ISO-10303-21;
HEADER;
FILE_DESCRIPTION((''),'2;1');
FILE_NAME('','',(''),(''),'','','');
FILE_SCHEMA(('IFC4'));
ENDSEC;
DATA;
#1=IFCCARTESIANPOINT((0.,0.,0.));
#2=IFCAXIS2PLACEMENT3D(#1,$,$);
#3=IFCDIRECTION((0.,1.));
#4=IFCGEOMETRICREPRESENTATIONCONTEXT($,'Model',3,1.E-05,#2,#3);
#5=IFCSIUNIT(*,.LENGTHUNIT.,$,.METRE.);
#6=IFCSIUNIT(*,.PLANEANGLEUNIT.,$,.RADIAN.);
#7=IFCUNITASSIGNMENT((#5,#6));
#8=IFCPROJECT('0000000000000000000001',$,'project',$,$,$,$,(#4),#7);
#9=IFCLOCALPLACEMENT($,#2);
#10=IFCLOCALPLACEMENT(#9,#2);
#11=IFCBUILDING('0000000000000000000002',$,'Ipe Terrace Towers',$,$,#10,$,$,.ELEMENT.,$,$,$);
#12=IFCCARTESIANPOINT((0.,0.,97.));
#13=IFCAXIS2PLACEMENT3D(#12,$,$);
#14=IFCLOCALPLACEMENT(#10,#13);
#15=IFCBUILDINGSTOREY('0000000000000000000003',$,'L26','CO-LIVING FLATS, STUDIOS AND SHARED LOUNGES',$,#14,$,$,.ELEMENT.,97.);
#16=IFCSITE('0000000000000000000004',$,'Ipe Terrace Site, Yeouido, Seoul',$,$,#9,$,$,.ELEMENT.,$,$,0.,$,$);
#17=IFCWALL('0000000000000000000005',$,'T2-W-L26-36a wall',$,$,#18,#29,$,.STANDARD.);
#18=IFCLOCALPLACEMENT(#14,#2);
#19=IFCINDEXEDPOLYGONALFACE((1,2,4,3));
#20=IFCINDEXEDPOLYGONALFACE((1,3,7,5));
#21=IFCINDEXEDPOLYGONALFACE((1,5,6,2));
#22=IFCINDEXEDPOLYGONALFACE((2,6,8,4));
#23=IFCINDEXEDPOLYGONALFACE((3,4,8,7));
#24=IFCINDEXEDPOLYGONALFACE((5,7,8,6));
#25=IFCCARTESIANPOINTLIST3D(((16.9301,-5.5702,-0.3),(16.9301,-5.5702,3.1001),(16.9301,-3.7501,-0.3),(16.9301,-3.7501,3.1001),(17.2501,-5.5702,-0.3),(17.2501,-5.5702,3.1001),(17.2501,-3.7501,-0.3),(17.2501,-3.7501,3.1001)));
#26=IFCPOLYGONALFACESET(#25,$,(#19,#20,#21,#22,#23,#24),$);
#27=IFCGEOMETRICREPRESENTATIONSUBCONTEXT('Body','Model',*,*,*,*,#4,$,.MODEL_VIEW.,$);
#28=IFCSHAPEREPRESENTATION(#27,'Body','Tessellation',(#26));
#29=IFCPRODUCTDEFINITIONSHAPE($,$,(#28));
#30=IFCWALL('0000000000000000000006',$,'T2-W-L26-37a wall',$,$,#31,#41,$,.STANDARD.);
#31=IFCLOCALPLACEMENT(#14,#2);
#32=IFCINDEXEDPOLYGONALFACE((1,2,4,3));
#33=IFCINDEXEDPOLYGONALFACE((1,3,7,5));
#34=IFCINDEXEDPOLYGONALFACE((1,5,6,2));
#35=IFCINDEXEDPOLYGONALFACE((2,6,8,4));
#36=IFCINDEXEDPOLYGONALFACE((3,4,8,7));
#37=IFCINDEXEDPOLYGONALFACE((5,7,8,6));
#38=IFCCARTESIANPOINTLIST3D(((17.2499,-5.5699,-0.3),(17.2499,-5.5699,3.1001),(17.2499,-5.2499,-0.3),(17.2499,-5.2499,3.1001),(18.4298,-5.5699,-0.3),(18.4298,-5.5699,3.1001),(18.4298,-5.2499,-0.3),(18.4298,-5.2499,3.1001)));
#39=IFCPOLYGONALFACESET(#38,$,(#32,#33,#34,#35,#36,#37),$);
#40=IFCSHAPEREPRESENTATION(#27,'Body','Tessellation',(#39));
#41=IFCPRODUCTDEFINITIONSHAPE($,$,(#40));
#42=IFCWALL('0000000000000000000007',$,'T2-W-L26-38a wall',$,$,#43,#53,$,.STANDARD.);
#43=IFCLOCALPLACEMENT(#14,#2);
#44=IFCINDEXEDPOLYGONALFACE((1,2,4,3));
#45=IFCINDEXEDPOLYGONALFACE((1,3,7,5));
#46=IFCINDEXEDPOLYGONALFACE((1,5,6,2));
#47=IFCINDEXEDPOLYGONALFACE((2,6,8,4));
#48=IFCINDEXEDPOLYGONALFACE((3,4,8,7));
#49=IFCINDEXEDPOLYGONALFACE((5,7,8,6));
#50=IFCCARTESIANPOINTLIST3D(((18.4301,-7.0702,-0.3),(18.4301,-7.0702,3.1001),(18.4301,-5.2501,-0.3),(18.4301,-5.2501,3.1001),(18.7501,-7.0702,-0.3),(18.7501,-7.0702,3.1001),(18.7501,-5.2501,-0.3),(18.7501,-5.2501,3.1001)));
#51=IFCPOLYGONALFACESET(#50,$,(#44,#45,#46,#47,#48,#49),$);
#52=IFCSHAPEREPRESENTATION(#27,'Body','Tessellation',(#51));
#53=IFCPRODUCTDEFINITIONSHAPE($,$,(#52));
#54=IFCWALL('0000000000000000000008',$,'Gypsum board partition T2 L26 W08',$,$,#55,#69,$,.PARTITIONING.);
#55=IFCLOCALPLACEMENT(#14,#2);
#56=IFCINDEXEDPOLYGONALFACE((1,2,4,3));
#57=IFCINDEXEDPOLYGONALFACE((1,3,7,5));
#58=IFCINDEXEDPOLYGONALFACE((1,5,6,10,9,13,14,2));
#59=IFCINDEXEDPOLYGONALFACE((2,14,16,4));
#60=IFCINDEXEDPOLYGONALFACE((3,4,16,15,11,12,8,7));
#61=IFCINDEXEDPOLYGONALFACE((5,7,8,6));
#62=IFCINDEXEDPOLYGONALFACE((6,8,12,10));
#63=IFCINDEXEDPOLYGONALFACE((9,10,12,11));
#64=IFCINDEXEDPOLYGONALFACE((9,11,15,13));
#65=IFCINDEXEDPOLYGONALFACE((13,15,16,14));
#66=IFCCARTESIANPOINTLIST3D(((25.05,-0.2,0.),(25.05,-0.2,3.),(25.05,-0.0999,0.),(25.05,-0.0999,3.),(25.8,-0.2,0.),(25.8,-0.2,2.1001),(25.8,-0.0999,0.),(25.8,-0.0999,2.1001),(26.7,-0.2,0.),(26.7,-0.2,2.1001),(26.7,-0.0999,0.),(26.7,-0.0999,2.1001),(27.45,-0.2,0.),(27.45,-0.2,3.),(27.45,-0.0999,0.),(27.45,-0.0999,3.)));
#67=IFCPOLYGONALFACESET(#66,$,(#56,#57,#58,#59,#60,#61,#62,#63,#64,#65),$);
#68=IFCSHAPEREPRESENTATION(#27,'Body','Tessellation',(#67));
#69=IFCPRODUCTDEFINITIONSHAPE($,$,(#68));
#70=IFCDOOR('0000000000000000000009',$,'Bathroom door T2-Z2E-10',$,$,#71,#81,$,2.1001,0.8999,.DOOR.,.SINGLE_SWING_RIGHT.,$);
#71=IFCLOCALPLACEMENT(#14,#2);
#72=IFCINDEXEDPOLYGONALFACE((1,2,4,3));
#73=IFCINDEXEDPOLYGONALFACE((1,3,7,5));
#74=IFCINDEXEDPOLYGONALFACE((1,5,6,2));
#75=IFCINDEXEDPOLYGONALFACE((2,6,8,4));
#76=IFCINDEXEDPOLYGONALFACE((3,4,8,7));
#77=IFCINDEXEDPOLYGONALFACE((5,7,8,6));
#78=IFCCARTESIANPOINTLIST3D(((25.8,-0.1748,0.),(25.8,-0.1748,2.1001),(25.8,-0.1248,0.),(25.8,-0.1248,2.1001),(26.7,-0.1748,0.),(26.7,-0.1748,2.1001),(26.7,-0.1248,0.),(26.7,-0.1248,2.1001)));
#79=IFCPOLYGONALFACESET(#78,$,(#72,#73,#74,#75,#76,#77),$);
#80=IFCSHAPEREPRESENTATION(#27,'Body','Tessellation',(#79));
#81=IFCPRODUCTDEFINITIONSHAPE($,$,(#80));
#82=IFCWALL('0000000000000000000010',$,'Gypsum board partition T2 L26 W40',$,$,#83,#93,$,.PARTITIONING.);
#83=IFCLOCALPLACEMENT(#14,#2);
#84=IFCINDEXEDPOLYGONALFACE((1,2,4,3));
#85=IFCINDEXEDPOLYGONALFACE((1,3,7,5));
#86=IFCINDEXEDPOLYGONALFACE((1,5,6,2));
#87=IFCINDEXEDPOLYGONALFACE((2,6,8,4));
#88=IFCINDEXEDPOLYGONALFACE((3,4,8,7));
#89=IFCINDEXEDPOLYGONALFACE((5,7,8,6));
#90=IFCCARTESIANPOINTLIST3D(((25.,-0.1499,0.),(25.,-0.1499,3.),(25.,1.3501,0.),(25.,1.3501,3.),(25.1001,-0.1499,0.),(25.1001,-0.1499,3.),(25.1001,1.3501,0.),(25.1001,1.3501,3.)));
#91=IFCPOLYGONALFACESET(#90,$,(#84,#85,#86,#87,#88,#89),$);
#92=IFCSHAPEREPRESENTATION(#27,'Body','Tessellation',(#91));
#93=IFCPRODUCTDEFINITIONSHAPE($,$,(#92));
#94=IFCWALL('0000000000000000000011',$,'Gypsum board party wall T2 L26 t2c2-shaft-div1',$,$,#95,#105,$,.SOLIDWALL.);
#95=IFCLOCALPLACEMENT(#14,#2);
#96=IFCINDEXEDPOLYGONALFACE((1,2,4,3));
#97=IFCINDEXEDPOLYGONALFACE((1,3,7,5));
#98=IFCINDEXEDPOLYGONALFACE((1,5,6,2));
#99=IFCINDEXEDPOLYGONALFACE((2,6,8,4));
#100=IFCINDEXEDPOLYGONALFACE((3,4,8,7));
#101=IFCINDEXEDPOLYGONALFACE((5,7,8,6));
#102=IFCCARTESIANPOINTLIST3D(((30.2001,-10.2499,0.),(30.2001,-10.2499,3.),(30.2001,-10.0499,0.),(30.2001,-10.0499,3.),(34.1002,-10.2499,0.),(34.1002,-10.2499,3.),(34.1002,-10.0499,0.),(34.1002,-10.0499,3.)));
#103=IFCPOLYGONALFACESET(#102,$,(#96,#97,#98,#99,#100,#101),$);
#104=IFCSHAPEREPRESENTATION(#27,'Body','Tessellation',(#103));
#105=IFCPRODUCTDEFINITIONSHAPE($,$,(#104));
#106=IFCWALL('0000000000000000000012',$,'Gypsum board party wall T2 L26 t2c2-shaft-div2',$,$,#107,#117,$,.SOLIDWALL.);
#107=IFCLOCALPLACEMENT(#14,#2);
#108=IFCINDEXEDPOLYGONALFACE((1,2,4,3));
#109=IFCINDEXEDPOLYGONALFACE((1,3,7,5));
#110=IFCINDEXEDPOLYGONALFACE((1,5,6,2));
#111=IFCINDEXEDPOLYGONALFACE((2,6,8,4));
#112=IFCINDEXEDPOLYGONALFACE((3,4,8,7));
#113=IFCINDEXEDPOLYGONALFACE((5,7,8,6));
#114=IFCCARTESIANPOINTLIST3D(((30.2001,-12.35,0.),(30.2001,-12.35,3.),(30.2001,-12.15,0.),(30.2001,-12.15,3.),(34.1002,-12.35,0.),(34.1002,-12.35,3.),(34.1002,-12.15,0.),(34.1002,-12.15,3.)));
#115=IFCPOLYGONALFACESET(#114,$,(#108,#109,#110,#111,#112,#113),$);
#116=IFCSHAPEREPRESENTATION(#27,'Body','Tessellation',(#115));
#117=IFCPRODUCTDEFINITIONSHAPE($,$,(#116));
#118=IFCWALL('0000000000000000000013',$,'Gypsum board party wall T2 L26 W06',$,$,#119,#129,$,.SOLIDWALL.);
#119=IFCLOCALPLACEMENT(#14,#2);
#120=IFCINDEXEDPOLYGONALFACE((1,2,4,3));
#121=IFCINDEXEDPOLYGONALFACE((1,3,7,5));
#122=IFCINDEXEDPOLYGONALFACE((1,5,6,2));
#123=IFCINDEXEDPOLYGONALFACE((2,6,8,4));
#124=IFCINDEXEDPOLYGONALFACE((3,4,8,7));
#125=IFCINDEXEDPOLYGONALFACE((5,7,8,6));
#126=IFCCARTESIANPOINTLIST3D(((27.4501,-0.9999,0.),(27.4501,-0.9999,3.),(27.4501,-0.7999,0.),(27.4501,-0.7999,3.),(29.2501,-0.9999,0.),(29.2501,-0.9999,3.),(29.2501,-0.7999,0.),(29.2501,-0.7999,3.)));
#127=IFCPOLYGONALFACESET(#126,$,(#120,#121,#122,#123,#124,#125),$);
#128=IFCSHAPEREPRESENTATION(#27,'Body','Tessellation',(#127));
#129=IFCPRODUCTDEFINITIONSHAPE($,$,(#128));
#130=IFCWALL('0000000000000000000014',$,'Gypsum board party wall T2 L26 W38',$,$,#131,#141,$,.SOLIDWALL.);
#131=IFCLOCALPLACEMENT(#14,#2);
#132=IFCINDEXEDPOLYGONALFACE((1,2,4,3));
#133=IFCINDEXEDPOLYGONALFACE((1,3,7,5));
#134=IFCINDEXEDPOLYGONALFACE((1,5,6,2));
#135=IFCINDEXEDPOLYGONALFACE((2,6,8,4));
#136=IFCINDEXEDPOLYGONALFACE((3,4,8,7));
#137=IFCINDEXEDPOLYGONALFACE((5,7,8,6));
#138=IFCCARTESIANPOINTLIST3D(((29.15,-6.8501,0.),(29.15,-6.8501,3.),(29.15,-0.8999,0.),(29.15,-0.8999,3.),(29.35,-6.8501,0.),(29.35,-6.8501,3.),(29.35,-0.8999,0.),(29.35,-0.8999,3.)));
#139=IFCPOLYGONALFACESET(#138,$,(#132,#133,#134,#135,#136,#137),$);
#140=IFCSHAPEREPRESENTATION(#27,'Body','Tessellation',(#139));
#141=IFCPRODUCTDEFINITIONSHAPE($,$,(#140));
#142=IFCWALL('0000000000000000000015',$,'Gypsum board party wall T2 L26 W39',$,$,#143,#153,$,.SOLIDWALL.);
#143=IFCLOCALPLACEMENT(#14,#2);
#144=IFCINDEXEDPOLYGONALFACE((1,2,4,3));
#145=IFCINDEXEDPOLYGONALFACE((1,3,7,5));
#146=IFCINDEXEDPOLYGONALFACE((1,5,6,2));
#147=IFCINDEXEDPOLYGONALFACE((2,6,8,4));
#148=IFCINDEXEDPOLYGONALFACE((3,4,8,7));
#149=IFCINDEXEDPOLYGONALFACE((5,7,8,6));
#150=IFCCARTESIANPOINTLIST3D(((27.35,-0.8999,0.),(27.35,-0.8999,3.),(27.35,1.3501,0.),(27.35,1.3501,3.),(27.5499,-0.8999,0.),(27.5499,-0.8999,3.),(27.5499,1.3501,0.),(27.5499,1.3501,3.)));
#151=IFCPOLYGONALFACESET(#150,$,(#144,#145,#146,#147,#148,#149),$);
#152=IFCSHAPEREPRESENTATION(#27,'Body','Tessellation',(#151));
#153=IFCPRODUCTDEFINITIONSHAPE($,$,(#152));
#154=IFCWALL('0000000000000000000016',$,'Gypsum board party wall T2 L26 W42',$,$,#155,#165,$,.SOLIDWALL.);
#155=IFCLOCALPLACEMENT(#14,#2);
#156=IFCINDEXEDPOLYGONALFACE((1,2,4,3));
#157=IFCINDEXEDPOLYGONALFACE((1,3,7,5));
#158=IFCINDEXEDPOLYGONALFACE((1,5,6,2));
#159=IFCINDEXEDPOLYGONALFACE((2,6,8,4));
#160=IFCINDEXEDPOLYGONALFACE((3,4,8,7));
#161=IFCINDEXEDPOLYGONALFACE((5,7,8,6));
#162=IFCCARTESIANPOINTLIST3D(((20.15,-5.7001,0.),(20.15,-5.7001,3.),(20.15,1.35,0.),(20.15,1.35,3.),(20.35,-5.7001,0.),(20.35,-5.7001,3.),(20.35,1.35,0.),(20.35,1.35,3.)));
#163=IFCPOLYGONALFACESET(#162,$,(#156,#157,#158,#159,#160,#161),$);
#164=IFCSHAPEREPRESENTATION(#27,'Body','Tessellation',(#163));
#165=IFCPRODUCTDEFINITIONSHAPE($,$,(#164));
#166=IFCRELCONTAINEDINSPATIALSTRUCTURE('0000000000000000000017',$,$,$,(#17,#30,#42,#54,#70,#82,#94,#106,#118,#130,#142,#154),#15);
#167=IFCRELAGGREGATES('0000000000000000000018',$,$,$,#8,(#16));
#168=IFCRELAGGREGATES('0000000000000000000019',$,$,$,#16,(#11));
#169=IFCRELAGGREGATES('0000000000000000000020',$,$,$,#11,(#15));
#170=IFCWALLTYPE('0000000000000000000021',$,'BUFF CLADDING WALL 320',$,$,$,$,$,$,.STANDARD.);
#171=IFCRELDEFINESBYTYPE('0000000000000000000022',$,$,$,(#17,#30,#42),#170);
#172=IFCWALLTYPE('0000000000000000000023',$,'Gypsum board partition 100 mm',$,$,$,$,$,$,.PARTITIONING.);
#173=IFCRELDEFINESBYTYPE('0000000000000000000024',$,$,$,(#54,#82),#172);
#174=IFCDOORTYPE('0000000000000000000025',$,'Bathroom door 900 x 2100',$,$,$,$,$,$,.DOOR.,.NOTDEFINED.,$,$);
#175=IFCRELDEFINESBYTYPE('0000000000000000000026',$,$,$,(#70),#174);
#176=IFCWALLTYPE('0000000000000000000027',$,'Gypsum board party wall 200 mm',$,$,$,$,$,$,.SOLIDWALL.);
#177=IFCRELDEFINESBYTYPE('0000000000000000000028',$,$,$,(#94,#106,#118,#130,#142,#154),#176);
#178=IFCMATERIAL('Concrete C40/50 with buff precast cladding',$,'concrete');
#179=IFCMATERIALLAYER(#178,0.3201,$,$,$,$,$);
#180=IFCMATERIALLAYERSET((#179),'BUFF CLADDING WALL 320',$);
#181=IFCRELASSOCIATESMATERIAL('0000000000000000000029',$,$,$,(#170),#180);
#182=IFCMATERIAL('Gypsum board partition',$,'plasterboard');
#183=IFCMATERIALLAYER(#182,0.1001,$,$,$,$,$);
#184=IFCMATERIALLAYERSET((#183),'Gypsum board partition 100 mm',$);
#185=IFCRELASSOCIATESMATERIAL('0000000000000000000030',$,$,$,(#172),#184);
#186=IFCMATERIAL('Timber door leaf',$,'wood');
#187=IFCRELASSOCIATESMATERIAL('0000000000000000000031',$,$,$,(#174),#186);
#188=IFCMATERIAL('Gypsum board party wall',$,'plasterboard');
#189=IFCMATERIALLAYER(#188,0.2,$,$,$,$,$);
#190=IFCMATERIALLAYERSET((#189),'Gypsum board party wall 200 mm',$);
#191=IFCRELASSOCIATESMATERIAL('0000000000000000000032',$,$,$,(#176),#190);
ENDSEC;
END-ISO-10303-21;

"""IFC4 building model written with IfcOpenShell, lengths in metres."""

from ifc_helpers import new_model, si_unit, direction, frame, frame_2d, origin, place, context, subcontext, project, spatial, rectangle, extrude, material, layer, layer_set, type_object, element, fill, save


model = new_model("IFC4")

# Units and contexts
model_context = context("Model", 3, precision=1e-05, world=origin(), true_north=direction((0.0, 1.0)))
body_context = subcontext(model_context, "Body", "Model", "MODEL_VIEW")
ifc_project = project(units=[si_unit("LENGTHUNIT", "METRE"), si_unit("PLANEANGLEUNIT", "RADIAN")], contexts=[model_context])

# Site, building, storey
site_placement = place(None, origin())
site = spatial("IfcSite", under=ifc_project, at=site_placement, Name="Ipe Terrace Site, Yeouido, Seoul", CompositionType="ELEMENT", RefElevation=0.0)
building_placement = place(site_placement, origin())
building = spatial("IfcBuilding", under=site, at=building_placement, Name="Ipe Terrace Towers", CompositionType="ELEMENT")
storey_placement = place(building_placement, frame((0.0, 0.0, 97.0)))
storey = spatial("IfcBuildingStorey", under=building, at=storey_placement, Name="L26", Description="CO-LIVING FLATS, STUDIOS AND SHARED LOUNGES", CompositionType="ELEMENT", Elevation=97.0)

# Walls
ifc_material_1 = material(Name="Concrete C40/50 with buff precast cladding", Category="concrete")
ifc_layer_1 = layer(ifc_material_1, 0.3201)
ifc_layer_set_1 = layer_set([ifc_layer_1], Name="BUFF CLADDING WALL 320")
wall_type_1 = type_object("IfcWallType", Name="BUFF CLADDING WALL 320", PredefinedType="STANDARD", material=ifc_layer_set_1)
wall_1_placement = place(storey_placement, frame((17.0901, -3.75, -0.3), z_axis=(0.0, 0.0, 1.0), x_axis=(0.0, -1.0, 0.0)))
element("IfcWall", 1, at=wall_1_placement, inside=storey, type_object=wall_type_1, Name="T2-W-L26-36a wall", PredefinedType="STANDARD", context=body_context, shape_type="SweptSolid", body=[
    extrude(rectangle(XDim=1.8201, YDim=0.3201, at=frame_2d((0.9102, 0.0))), origin(), (0.0, 0.0, 1.0), 3.4001),
])
wall_2_placement = place(storey_placement, frame((17.25, -5.4099, -0.3), z_axis=(0.0, 0.0, 1.0), x_axis=(1.0, 0.0, 0.0)))
element("IfcWall", 2, at=wall_2_placement, inside=storey, type_object=wall_type_1, Name="T2-W-L26-37a wall", PredefinedType="STANDARD", context=body_context, shape_type="SweptSolid", body=[
    extrude(rectangle(XDim=1.1799, YDim=0.3201, at=frame_2d((0.5898, 0.0))), origin(), (0.0, 0.0, 1.0), 3.4001),
])
wall_3_placement = place(storey_placement, frame((18.5901, -5.25, -0.3), z_axis=(0.0, 0.0, 1.0), x_axis=(0.0, -1.0, 0.0)))
element("IfcWall", 3, at=wall_3_placement, inside=storey, type_object=wall_type_1, Name="T2-W-L26-38a wall", PredefinedType="STANDARD", context=body_context, shape_type="SweptSolid", body=[
    extrude(rectangle(XDim=1.8201, YDim=0.3201, at=frame_2d((0.9102, 0.0))), origin(), (0.0, 0.0, 1.0), 3.4001),
])

# Wall, opening, door
ifc_material_2 = material(Name="Gypsum board partition", Category="plasterboard")
ifc_layer_2 = layer(ifc_material_2, 0.1001)
ifc_layer_set_2 = layer_set([ifc_layer_2], Name="Gypsum board partition 100 mm")
wall_type_2 = type_object("IfcWallType", Name="Gypsum board partition 100 mm", PredefinedType="PARTITIONING", material=ifc_layer_set_2)
wall_4_placement = place(storey_placement, frame((27.45, -0.1499, 0.0), z_axis=(0.0, 0.0, 1.0), x_axis=(-1.0, 0.0, 0.0)))
wall_4 = element("IfcWall", 4, at=wall_4_placement, inside=storey, type_object=wall_type_2, Name="Gypsum board partition T2 L26 W08", PredefinedType="PARTITIONING", context=body_context, shape_type="SweptSolid", body=[
    extrude(rectangle(XDim=2.3999, YDim=0.1001, at=frame_2d((1.2, 0.0))), origin(), (0.0, 0.0, 1.0), 3.0),
])
opening_1_placement = place(wall_4_placement, frame((0.75, 0.0, 0.0)))
opening_1 = element("IfcOpeningElement", 5, at=opening_1_placement, cuts=wall_4, PredefinedType="OPENING", context=body_context, shape_type="SweptSolid", body=[
    extrude(rectangle(XDim=0.8999, YDim=2.1001, at=frame_2d((0.45, 1.05))), frame((0.0, 0.0601, 0.0), z_axis=(0.0, -1.0, 0.0), x_axis=(1.0, 0.0, 0.0)), (0.0, 0.0, 1.0), 0.1201),
])
ifc_material_3 = material(Name="Timber door leaf", Category="wood")
door_type_1 = type_object("IfcDoorType", Name="Bathroom door 900 x 2100", OperationType="NOTDEFINED", PredefinedType="DOOR", material=ifc_material_3)
door_1_placement = place(opening_1_placement, origin())
door_1 = element("IfcDoor", 6, at=door_1_placement, inside=storey, type_object=door_type_1, Name="Bathroom door T2-Z2E-10", OperationType="SINGLE_SWING_RIGHT", OverallHeight=2.1001, OverallWidth=0.8999, PredefinedType="DOOR", context=body_context, shape_type="SweptSolid", body=[
    extrude(rectangle(XDim=0.8999, YDim=2.1001, at=frame_2d((0.45, 1.05))), frame((0.0, 0.0249, 0.0), z_axis=(0.0, -1.0, 0.0), x_axis=(1.0, 0.0, 0.0)), (0.0, 0.0, 1.0), 0.05),
])
fill(opening_1, door_1)

# Walls
wall_5_placement = place(storey_placement, frame((25.05, -0.1499, 0.0), z_axis=(0.0, 0.0, 1.0), x_axis=(0.0, 1.0, 0.0)))
element("IfcWall", 7, at=wall_5_placement, inside=storey, type_object=wall_type_2, Name="Gypsum board partition T2 L26 W40", PredefinedType="PARTITIONING", context=body_context, shape_type="SweptSolid", body=[
    extrude(rectangle(XDim=1.5, YDim=0.1001, at=frame_2d((0.75, 0.0))), origin(), (0.0, 0.0, 1.0), 3.0),
])
ifc_material_4 = material(Name="Gypsum board party wall", Category="plasterboard")
ifc_layer_3 = layer(ifc_material_4, 0.2)
ifc_layer_set_3 = layer_set([ifc_layer_3], Name="Gypsum board party wall 200 mm")
wall_type_3 = type_object("IfcWallType", Name="Gypsum board party wall 200 mm", PredefinedType="SOLIDWALL", material=ifc_layer_set_3)
for number, where, z_axis, x_axis, name in (
    (8, (30.2, -10.1499, 0.0), (0.0, 0.0, 1.0), (1.0, 0.0, 0.0), "Gypsum board party wall T2 L26 t2c2-shaft-div1"),
    (9, (30.2, -12.25, 0.0), (0.0, 0.0, 1.0), (1.0, 0.0, 0.0), "Gypsum board party wall T2 L26 t2c2-shaft-div2"),
):
    element("IfcWall", number, at=place(storey_placement, frame(where, z_axis=z_axis, x_axis=x_axis)), inside=storey, type_object=wall_type_3, Name=name, PredefinedType="SOLIDWALL", context=body_context, shape_type="SweptSolid", body=[
        extrude(rectangle(XDim=3.9001, YDim=0.2, at=frame_2d((1.9502, 0.0))), origin(), (0.0, 0.0, 1.0), 3.0),
    ])
wall_6_placement = place(storey_placement, frame((29.25, -0.8999, 0.0), z_axis=(0.0, 0.0, 1.0), x_axis=(-1.0, 0.0, 0.0)))
element("IfcWall", 10, at=wall_6_placement, inside=storey, type_object=wall_type_3, Name="Gypsum board party wall T2 L26 W06", PredefinedType="SOLIDWALL", context=body_context, shape_type="SweptSolid", body=[
    extrude(rectangle(XDim=1.8, YDim=0.2, at=frame_2d((0.8999, 0.0))), origin(), (0.0, 0.0, 1.0), 3.0),
])
wall_7_placement = place(storey_placement, frame((29.25, -6.8501, 0.0), z_axis=(0.0, 0.0, 1.0), x_axis=(0.0, 1.0, 0.0)))
element("IfcWall", 11, at=wall_7_placement, inside=storey, type_object=wall_type_3, Name="Gypsum board party wall T2 L26 W38", PredefinedType="SOLIDWALL", context=body_context, shape_type="SweptSolid", body=[
    extrude(rectangle(XDim=5.9502, YDim=0.2, at=frame_2d((2.9751, 0.0))), origin(), (0.0, 0.0, 1.0), 3.0),
])
wall_8_placement = place(storey_placement, frame((27.45, -0.8999, 0.0), z_axis=(0.0, 0.0, 1.0), x_axis=(0.0, 1.0, 0.0)))
element("IfcWall", 12, at=wall_8_placement, inside=storey, type_object=wall_type_3, Name="Gypsum board party wall T2 L26 W39", PredefinedType="SOLIDWALL", context=body_context, shape_type="SweptSolid", body=[
    extrude(rectangle(XDim=2.25, YDim=0.2, at=frame_2d((1.125, 0.0))), origin(), (0.0, 0.0, 1.0), 3.0),
])
wall_9_placement = place(storey_placement, frame((20.25, -5.7, 0.0), z_axis=(0.0, 0.0, 1.0), x_axis=(0.0, 1.0, 0.0)))
element("IfcWall", 13, at=wall_9_placement, inside=storey, type_object=wall_type_3, Name="Gypsum board party wall T2 L26 W42", PredefinedType="SOLIDWALL", context=body_context, shape_type="SweptSolid", body=[
    extrude(rectangle(XDim=7.05, YDim=0.2, at=frame_2d((3.5249, 0.0))), origin(), (0.0, 0.0, 1.0), 3.0),
])

save(model, "model.ifc")
